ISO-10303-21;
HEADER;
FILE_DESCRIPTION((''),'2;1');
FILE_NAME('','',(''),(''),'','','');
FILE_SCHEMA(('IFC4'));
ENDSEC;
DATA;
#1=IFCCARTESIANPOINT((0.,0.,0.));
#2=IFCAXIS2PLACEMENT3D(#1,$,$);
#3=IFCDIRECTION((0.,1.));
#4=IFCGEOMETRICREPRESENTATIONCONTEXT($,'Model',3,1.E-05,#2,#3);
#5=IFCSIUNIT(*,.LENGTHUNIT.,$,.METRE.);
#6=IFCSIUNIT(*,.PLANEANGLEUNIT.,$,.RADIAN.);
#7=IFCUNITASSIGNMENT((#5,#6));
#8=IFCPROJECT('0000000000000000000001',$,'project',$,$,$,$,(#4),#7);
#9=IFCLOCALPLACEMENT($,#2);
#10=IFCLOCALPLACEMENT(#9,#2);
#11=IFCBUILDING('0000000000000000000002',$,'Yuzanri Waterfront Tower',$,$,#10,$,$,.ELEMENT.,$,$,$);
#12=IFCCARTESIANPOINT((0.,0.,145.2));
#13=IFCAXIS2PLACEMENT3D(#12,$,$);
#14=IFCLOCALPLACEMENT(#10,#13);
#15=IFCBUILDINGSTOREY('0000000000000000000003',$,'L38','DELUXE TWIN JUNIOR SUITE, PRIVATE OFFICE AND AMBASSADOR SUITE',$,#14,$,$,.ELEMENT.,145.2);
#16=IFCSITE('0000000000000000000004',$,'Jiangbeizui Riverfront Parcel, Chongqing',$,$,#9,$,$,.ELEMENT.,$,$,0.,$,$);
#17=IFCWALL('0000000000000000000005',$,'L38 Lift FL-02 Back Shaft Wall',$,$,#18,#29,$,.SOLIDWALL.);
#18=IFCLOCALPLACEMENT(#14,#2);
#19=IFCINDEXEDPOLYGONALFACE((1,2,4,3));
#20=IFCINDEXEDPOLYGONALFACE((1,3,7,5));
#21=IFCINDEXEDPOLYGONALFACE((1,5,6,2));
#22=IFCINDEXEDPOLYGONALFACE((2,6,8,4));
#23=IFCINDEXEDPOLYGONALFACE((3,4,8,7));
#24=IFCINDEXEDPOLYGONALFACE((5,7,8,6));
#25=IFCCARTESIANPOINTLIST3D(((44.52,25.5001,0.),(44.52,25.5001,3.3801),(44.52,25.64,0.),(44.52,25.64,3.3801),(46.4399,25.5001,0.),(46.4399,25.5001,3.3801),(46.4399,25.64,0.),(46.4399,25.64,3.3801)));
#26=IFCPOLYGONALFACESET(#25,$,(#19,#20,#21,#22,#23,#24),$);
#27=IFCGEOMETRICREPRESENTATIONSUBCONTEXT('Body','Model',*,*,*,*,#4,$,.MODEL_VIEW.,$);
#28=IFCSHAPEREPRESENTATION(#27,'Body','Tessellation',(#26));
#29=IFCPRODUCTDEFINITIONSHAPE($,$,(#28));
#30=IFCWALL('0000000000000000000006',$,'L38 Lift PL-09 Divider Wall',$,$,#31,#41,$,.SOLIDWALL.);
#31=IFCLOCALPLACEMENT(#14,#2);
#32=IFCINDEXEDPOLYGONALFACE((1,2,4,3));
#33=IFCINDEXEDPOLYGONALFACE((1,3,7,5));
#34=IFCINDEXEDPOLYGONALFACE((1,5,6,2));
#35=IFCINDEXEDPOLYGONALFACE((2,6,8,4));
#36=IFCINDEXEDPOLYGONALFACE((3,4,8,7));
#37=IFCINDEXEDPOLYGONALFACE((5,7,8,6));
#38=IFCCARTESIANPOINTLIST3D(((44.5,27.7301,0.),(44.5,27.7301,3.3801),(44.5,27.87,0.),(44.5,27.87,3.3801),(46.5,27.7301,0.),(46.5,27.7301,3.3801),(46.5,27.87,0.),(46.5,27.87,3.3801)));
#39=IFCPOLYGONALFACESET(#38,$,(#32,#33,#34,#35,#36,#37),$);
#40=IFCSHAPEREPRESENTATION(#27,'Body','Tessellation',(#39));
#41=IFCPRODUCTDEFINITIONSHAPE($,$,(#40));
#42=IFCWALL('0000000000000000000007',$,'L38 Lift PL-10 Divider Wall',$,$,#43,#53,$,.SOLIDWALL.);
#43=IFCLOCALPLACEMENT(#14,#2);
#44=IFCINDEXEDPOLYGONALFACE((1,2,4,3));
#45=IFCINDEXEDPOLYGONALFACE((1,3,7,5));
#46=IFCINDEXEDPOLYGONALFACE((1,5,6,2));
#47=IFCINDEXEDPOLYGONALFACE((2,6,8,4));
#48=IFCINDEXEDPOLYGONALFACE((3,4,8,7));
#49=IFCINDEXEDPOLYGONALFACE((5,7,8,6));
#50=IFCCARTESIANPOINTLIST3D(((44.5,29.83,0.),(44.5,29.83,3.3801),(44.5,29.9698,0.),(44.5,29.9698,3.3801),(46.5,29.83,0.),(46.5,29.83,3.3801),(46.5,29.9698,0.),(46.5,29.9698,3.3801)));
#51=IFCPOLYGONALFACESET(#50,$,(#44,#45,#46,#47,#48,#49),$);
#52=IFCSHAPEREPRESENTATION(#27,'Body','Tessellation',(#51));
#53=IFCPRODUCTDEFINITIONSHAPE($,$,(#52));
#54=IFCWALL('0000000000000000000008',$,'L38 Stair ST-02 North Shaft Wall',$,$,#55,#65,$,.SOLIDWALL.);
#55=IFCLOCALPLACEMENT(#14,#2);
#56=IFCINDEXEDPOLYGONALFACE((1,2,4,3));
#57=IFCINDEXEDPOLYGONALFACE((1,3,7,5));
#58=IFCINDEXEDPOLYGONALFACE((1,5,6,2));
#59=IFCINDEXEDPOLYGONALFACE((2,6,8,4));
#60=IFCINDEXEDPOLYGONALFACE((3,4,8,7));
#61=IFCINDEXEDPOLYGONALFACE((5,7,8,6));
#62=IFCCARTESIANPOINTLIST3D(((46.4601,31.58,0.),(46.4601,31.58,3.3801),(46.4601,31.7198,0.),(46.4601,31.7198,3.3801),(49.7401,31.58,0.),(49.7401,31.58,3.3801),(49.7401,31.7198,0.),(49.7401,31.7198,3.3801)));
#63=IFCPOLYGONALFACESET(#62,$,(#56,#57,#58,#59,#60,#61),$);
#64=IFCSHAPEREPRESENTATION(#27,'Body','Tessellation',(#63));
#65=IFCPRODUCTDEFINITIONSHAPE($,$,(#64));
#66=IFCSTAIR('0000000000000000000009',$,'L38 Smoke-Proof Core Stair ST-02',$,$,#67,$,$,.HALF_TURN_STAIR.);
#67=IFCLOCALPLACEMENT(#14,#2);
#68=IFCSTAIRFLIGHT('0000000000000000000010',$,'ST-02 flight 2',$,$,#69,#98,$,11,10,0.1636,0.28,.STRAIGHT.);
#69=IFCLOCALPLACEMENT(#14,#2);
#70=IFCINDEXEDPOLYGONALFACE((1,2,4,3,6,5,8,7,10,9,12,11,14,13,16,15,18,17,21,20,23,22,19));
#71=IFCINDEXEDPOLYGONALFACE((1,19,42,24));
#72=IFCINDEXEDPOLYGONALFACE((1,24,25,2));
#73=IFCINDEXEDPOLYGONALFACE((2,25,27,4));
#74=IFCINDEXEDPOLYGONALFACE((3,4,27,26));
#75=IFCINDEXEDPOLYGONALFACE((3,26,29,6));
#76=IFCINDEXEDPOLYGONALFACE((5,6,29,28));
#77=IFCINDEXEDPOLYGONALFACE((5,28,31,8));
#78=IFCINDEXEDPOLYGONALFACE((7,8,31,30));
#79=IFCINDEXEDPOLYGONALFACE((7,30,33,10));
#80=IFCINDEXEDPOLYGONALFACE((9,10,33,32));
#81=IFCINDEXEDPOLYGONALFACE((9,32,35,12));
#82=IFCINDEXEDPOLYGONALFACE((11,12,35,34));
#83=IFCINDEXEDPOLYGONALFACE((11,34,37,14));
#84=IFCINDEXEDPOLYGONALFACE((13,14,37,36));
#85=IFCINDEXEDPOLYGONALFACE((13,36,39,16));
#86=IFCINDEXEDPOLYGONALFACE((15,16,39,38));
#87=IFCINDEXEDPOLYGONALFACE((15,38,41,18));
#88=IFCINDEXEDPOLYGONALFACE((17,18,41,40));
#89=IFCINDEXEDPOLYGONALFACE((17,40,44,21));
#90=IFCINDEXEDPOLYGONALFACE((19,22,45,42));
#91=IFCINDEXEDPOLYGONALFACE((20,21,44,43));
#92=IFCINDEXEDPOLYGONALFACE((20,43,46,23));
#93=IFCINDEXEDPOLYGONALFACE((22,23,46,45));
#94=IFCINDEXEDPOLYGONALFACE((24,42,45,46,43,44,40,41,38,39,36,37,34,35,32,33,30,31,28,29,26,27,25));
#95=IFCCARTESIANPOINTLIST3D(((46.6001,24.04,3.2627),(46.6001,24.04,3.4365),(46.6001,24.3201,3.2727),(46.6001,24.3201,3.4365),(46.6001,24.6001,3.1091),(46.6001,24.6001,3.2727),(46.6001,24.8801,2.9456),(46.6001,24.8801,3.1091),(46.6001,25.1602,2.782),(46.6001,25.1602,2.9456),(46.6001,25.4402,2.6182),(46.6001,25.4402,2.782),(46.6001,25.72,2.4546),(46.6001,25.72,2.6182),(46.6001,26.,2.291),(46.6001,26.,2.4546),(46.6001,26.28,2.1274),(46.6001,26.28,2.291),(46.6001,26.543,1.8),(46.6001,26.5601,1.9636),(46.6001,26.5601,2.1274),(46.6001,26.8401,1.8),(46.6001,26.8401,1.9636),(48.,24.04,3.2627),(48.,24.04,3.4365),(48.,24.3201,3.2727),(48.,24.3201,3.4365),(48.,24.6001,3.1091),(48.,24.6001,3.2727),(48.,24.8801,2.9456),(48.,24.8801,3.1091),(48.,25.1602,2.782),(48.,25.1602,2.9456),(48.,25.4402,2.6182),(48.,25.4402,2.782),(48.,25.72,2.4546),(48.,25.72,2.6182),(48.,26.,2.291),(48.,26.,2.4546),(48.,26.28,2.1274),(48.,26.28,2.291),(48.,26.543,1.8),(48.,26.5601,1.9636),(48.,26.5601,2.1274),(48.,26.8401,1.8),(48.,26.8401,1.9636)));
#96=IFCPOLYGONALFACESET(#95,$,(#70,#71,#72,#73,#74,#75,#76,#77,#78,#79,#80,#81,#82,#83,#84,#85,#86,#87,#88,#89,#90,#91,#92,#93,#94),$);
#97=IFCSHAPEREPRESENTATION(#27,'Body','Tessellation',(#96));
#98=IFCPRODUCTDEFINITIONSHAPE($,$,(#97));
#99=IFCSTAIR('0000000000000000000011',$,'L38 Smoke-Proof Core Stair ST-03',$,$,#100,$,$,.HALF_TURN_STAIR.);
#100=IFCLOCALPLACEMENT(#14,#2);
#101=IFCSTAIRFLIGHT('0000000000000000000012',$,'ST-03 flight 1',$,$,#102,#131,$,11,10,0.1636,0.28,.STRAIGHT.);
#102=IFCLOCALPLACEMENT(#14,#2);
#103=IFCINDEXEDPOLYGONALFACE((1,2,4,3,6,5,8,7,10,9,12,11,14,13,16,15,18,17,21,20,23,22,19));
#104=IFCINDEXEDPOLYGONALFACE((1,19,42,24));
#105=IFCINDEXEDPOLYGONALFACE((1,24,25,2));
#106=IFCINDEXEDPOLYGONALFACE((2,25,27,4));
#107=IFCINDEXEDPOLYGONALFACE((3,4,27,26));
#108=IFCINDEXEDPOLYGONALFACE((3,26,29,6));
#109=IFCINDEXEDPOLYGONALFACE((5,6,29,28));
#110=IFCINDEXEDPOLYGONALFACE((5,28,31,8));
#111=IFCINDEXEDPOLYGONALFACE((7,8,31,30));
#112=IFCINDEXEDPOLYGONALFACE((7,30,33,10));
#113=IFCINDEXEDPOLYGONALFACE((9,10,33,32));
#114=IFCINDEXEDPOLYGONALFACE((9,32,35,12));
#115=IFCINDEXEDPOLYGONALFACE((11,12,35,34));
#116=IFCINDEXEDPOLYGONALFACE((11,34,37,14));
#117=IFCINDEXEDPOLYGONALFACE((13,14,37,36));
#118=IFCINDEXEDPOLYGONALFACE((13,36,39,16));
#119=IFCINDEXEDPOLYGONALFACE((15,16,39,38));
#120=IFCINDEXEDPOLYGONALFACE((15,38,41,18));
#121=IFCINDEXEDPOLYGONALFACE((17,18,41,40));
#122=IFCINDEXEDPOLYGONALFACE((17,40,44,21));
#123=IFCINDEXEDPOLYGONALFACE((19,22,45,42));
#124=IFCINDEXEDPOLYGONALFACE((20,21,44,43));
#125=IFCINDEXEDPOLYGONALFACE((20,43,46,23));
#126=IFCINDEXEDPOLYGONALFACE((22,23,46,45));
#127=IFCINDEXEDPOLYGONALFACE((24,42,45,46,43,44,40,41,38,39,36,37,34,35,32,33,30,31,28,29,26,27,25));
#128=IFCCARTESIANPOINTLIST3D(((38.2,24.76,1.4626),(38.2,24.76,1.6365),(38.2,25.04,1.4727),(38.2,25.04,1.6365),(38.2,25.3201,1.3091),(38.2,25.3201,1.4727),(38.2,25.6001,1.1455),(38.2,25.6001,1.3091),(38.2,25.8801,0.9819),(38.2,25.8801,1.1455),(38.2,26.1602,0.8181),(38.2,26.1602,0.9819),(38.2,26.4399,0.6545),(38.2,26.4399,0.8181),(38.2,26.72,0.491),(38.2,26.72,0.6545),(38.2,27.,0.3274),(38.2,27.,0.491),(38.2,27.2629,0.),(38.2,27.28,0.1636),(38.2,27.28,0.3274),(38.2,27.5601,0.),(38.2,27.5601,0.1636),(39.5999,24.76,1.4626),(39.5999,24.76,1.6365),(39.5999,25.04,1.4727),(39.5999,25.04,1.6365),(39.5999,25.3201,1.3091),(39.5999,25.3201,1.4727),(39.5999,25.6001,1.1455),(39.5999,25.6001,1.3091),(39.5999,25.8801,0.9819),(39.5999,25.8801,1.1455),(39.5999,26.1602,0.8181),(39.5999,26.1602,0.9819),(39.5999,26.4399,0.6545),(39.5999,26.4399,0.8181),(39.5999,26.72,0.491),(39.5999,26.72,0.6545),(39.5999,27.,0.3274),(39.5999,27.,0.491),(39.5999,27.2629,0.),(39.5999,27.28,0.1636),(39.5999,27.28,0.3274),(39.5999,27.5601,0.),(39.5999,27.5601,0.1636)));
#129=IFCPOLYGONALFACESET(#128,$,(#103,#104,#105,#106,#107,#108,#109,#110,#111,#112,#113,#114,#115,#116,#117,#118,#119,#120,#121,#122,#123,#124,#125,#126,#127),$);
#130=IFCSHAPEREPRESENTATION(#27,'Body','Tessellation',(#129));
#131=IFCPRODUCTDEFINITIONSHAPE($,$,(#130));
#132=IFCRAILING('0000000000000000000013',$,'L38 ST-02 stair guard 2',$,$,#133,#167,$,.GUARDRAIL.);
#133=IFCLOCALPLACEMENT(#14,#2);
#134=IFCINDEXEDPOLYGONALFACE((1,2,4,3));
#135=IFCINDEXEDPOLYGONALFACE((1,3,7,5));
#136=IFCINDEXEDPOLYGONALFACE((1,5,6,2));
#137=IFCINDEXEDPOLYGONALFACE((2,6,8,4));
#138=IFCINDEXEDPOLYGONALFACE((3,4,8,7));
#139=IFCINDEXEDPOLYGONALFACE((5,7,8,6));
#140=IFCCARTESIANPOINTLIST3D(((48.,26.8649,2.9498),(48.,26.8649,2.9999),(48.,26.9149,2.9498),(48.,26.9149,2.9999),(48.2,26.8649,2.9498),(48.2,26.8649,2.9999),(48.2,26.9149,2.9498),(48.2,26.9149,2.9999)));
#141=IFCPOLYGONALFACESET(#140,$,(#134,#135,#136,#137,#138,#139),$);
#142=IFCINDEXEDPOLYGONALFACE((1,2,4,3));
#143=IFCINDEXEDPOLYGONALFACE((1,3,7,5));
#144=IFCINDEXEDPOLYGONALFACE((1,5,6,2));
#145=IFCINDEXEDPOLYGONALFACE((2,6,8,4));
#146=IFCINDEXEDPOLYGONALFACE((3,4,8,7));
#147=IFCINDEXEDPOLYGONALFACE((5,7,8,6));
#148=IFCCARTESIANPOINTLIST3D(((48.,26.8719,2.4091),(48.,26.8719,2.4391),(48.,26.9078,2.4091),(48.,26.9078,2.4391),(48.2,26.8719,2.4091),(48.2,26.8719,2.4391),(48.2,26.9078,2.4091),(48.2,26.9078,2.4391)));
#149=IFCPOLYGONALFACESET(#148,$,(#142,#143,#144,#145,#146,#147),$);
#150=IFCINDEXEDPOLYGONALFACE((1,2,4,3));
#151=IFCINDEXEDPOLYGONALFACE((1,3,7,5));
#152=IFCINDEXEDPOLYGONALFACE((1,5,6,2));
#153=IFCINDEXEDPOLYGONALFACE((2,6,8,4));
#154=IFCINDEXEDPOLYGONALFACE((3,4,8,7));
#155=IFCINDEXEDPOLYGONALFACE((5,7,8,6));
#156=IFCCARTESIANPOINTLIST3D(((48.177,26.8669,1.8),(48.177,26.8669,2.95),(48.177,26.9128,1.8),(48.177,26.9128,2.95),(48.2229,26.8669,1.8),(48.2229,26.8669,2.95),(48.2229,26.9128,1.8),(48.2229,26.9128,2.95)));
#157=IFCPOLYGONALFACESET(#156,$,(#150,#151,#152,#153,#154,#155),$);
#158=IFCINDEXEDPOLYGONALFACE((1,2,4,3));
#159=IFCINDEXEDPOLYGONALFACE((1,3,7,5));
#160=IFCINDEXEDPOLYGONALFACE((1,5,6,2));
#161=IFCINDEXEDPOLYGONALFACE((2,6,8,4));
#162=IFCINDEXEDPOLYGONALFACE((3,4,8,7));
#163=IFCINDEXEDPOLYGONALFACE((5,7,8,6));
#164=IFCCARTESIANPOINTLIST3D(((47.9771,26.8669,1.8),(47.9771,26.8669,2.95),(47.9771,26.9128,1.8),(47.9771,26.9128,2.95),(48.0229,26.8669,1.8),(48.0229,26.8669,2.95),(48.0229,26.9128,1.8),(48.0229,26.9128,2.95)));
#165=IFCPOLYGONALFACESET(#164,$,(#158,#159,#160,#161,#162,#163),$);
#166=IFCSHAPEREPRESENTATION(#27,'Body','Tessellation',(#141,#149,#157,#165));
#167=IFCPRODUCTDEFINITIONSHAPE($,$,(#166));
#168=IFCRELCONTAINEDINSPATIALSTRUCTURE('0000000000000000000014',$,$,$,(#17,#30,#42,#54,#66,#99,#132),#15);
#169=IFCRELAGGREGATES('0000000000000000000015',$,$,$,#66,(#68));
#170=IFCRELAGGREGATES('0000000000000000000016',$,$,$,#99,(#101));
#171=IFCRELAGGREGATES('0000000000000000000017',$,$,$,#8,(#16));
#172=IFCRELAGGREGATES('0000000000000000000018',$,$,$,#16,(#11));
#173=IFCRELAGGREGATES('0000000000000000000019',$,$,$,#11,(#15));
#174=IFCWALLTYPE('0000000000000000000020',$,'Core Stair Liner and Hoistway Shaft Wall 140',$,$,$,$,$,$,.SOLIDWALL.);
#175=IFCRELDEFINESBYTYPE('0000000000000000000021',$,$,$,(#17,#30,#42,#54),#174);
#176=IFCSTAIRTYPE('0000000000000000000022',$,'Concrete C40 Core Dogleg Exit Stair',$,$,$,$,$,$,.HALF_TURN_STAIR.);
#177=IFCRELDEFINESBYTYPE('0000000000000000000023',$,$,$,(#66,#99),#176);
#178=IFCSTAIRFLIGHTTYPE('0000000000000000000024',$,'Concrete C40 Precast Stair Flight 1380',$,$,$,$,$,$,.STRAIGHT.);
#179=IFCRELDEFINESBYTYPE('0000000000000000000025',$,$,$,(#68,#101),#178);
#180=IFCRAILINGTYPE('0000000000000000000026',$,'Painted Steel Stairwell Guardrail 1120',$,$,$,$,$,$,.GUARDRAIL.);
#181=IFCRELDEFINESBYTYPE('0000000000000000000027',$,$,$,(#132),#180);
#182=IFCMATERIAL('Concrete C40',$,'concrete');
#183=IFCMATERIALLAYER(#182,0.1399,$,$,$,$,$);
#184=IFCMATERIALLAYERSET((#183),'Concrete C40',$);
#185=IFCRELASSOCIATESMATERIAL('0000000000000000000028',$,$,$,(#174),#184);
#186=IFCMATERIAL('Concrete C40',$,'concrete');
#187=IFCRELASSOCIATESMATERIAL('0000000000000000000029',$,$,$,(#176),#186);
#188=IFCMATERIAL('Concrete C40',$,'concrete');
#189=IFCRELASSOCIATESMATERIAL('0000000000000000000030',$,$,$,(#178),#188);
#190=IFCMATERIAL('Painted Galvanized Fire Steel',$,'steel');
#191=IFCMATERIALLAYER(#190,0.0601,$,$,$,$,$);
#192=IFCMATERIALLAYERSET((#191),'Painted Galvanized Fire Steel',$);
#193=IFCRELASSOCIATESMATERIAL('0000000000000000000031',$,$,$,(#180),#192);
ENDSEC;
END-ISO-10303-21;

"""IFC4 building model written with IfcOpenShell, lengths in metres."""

from ifc_helpers import new_model, si_unit, direction, frame, frame_2d, origin, origin_2d, place, context, subcontext, project, spatial, polyline, rectangle, outline, extrude, source, transform, mapped, material, layer, layer_set, type_object, element, aggregate, save


model = new_model("IFC4")

# Units and contexts
model_context = context("Model", 3, precision=1e-05, world=origin(), true_north=direction((0.0, 1.0)))
body_context = subcontext(model_context, "Body", "Model", "MODEL_VIEW")
ifc_project = project(units=[si_unit("LENGTHUNIT", "METRE"), si_unit("PLANEANGLEUNIT", "RADIAN")], contexts=[model_context])

# Site, building, storey
site_placement = place(None, origin())
site = spatial("IfcSite", under=ifc_project, at=site_placement, Name="Jiangbeizui Riverfront Parcel, Chongqing", CompositionType="ELEMENT", RefElevation=0.0)
building_placement = place(site_placement, origin())
building = spatial("IfcBuilding", under=site, at=building_placement, Name="Yuzanri Waterfront Tower", CompositionType="ELEMENT")
storey_placement = place(building_placement, frame((0.0, 0.0, 145.2)))
storey = spatial("IfcBuildingStorey", under=building, at=storey_placement, Name="L38", Description="DELUXE TWIN JUNIOR SUITE, PRIVATE OFFICE AND AMBASSADOR SUITE", CompositionType="ELEMENT", Elevation=145.2)

# Shared definitions
ifc_material_1 = material(Name="Concrete C40", Category="concrete")
ifc_layer_1 = layer(ifc_material_1, 0.1399)
ifc_layer_set_1 = layer_set([ifc_layer_1], Name="Concrete C40")
wall_type = type_object("IfcWallType", Name="Core Stair Liner and Hoistway Shaft Wall 140", PredefinedType="SOLIDWALL", material=ifc_layer_set_1)

# Walls
shared_shape_1 = source(origin(), body_context, "Body", "SweptSolid", [
    extrude(rectangle(XDim=1.9199, YDim=0.1399, at=frame_2d((0.96, 0.0))), origin(), (0.0, 0.0, 1.0), 3.3801),
])
wall_1_placement = place(storey_placement, frame((44.52, 25.5701, 0.0), z_axis=(0.0, 0.0, 1.0), x_axis=(1.0, 0.0, 0.0)))
element("IfcWall", 1, at=wall_1_placement, inside=storey, type_object=wall_type, Name="L38 Lift FL-02 Back Shaft Wall", PredefinedType="SOLIDWALL", context=body_context, shape_type="MappedRepresentation", body=[
    mapped(shared_shape_1, transform((0.0, 0.0, 0.0), scale=1.0)),
])
shared_shape_2 = source(origin(), body_context, "Body", "SweptSolid", [
    extrude(rectangle(XDim=2.0, YDim=0.1399, at=frame_2d((1.0, 0.0))), origin(), (0.0, 0.0, 1.0), 3.3801),
])
for number, where, z_axis, x_axis, name in (
    (2, (44.5, 27.8, 0.0), (0.0, 0.0, 1.0), (1.0, 0.0, 0.0), "L38 Lift PL-09 Divider Wall"),
    (3, (44.5, 29.8999, 0.0), (0.0, 0.0, 1.0), (1.0, 0.0, 0.0), "L38 Lift PL-10 Divider Wall"),
):
    element("IfcWall", number, at=place(storey_placement, frame(where, z_axis=z_axis, x_axis=x_axis)), inside=storey, type_object=wall_type, Name=name, PredefinedType="SOLIDWALL", context=body_context, shape_type="MappedRepresentation", body=[
        mapped(shared_shape_2, transform((0.0, 0.0, 0.0), scale=1.0)),
    ])
shared_shape_3 = source(origin(), body_context, "Body", "SweptSolid", [
    extrude(rectangle(XDim=3.28, YDim=0.1399, at=frame_2d((1.6401, 0.0))), origin(), (0.0, 0.0, 1.0), 3.3801),
])
wall_2_placement = place(storey_placement, frame((46.46, 31.6499, 0.0), z_axis=(0.0, 0.0, 1.0), x_axis=(1.0, 0.0, 0.0)))
element("IfcWall", 4, at=wall_2_placement, inside=storey, type_object=wall_type, Name="L38 Stair ST-02 North Shaft Wall", PredefinedType="SOLIDWALL", context=body_context, shape_type="MappedRepresentation", body=[
    mapped(shared_shape_3, transform((0.0, 0.0, 0.0), scale=1.0)),
])

# Stairs, stair flights
ifc_material_2 = material(Name="Concrete C40", Category="concrete")
stair_type = type_object("IfcStairType", Name="Concrete C40 Core Dogleg Exit Stair", PredefinedType="HALF_TURN_STAIR", material=ifc_material_2)
stair_1_placement = place(storey_placement, origin())
stair_1 = element("IfcStair", 5, at=stair_1_placement, inside=storey, type_object=stair_type, Name="L38 Smoke-Proof Core Stair ST-02", PredefinedType="HALF_TURN_STAIR")
ifc_material_3 = material(Name="Concrete C40", Category="concrete")
stair_flight_type = type_object("IfcStairFlightType", Name="Concrete C40 Precast Stair Flight 1380", PredefinedType="STRAIGHT", material=ifc_material_3)
shared_shape_4 = source(origin(), body_context, "Body", "SweptSolid", [
    extrude(outline(polyline([(0.0, 0.0), (0.0, 0.1636), (0.28, 0.1636), (0.28, 0.3274), (0.5601, 0.3274), (0.5601, 0.491), (0.8401, 0.491), (0.8401, 0.6545), (1.1201, 0.6545), (1.1201, 0.8181), (1.3999, 0.8181), (1.3999, 0.9819), (1.6799, 0.9819), (1.6799, 1.1455), (1.96, 1.1455), (1.96, 1.3091), (2.24, 1.3091), (2.24, 1.4727), (2.52, 1.4727), (2.52, 1.6365), (2.8, 1.6365), (2.8, 1.8), (2.8, 1.4626), (0.2971, 0.0), (0.0, 0.0)])), frame((0.0, 0.7, 0.0), z_axis=(0.0, -1.0, 0.0), x_axis=(1.0, 0.0, 0.0)), (0.0, 0.0, 1.0), 1.3999),
])
stair_flight_1_placement = place(storey_placement, frame((47.3, 26.8401, 1.8), z_axis=(0.0, 0.0, 1.0), x_axis=(0.0, -1.0, 0.0)))
stair_flight_1 = element("IfcStairFlight", 6, at=stair_flight_1_placement, type_object=stair_flight_type, Name="ST-02 flight 2", NumberOfRisers=11, NumberOfTreads=10, PredefinedType="STRAIGHT", RiserHeight=0.1636, TreadLength=0.28, context=body_context, shape_type="MappedRepresentation", body=[
    mapped(shared_shape_4, transform((0.0, 0.0, 0.0), scale=1.0)),
])
aggregate(stair_1, [stair_flight_1])
stair_2_placement = place(storey_placement, origin())
stair_2 = element("IfcStair", 7, at=stair_2_placement, inside=storey, type_object=stair_type, Name="L38 Smoke-Proof Core Stair ST-03", PredefinedType="HALF_TURN_STAIR")
stair_flight_2_placement = place(storey_placement, frame((38.8999, 27.5601, 0.0), z_axis=(0.0, 0.0, 1.0), x_axis=(0.0, -1.0, 0.0)))
stair_flight_2 = element("IfcStairFlight", 8, at=stair_flight_2_placement, type_object=stair_flight_type, Name="ST-03 flight 1", NumberOfRisers=11, NumberOfTreads=10, PredefinedType="STRAIGHT", RiserHeight=0.1636, TreadLength=0.28, context=body_context, shape_type="MappedRepresentation", body=[
    mapped(shared_shape_4, transform((0.0, 0.0, 0.0), scale=1.0)),
])
aggregate(stair_2, [stair_flight_2])

# Railing
ifc_material_4 = material(Name="Painted Galvanized Fire Steel", Category="steel")
ifc_layer_2 = layer(ifc_material_4, 0.0601)
ifc_layer_set_2 = layer_set([ifc_layer_2], Name="Painted Galvanized Fire Steel")
railing_type_1 = type_object("IfcRailingType", Name="Painted Steel Stairwell Guardrail 1120", PredefinedType="GUARDRAIL", material=ifc_layer_set_2)
shared_shape_5 = source(origin(), body_context, "Body", "SweptSolid", [
    extrude(rectangle(XDim=0.05, YDim=0.05, at=origin_2d()), frame((0.0, 0.0, 1.1748), z_axis=(-1.0, 0.0, 0.0), x_axis=(0.0, -1.0, 0.0)), (0.0, 0.0, 1.0), 0.2),
    extrude(rectangle(XDim=0.0359, YDim=0.03, at=origin_2d()), frame((0.0, 0.0, 0.624), z_axis=(-1.0, 0.0, 0.0), x_axis=(0.0, -1.0, 0.0)), (0.0, 0.0, 1.0), 0.2),
    extrude(rectangle(XDim=0.0459, YDim=0.0459, at=origin_2d()), origin(), (0.0, 0.0, 1.0), 1.1499),
    extrude(rectangle(XDim=0.0459, YDim=0.0459, at=origin_2d()), frame((-0.2, 0.0, 0.0)), (0.0, 0.0, 1.0), 1.1499),
])
railing_1_placement = place(storey_placement, frame((48.2, 26.8899, 1.8)))
element("IfcRailing", 9, at=railing_1_placement, inside=storey, type_object=railing_type_1, Name="L38 ST-02 stair guard 2", PredefinedType="GUARDRAIL", context=body_context, shape_type="MappedRepresentation", body=[
    mapped(shared_shape_5, transform((0.0, 0.0, 0.0), scale=1.0)),
])

save(model, "model.ifc")
